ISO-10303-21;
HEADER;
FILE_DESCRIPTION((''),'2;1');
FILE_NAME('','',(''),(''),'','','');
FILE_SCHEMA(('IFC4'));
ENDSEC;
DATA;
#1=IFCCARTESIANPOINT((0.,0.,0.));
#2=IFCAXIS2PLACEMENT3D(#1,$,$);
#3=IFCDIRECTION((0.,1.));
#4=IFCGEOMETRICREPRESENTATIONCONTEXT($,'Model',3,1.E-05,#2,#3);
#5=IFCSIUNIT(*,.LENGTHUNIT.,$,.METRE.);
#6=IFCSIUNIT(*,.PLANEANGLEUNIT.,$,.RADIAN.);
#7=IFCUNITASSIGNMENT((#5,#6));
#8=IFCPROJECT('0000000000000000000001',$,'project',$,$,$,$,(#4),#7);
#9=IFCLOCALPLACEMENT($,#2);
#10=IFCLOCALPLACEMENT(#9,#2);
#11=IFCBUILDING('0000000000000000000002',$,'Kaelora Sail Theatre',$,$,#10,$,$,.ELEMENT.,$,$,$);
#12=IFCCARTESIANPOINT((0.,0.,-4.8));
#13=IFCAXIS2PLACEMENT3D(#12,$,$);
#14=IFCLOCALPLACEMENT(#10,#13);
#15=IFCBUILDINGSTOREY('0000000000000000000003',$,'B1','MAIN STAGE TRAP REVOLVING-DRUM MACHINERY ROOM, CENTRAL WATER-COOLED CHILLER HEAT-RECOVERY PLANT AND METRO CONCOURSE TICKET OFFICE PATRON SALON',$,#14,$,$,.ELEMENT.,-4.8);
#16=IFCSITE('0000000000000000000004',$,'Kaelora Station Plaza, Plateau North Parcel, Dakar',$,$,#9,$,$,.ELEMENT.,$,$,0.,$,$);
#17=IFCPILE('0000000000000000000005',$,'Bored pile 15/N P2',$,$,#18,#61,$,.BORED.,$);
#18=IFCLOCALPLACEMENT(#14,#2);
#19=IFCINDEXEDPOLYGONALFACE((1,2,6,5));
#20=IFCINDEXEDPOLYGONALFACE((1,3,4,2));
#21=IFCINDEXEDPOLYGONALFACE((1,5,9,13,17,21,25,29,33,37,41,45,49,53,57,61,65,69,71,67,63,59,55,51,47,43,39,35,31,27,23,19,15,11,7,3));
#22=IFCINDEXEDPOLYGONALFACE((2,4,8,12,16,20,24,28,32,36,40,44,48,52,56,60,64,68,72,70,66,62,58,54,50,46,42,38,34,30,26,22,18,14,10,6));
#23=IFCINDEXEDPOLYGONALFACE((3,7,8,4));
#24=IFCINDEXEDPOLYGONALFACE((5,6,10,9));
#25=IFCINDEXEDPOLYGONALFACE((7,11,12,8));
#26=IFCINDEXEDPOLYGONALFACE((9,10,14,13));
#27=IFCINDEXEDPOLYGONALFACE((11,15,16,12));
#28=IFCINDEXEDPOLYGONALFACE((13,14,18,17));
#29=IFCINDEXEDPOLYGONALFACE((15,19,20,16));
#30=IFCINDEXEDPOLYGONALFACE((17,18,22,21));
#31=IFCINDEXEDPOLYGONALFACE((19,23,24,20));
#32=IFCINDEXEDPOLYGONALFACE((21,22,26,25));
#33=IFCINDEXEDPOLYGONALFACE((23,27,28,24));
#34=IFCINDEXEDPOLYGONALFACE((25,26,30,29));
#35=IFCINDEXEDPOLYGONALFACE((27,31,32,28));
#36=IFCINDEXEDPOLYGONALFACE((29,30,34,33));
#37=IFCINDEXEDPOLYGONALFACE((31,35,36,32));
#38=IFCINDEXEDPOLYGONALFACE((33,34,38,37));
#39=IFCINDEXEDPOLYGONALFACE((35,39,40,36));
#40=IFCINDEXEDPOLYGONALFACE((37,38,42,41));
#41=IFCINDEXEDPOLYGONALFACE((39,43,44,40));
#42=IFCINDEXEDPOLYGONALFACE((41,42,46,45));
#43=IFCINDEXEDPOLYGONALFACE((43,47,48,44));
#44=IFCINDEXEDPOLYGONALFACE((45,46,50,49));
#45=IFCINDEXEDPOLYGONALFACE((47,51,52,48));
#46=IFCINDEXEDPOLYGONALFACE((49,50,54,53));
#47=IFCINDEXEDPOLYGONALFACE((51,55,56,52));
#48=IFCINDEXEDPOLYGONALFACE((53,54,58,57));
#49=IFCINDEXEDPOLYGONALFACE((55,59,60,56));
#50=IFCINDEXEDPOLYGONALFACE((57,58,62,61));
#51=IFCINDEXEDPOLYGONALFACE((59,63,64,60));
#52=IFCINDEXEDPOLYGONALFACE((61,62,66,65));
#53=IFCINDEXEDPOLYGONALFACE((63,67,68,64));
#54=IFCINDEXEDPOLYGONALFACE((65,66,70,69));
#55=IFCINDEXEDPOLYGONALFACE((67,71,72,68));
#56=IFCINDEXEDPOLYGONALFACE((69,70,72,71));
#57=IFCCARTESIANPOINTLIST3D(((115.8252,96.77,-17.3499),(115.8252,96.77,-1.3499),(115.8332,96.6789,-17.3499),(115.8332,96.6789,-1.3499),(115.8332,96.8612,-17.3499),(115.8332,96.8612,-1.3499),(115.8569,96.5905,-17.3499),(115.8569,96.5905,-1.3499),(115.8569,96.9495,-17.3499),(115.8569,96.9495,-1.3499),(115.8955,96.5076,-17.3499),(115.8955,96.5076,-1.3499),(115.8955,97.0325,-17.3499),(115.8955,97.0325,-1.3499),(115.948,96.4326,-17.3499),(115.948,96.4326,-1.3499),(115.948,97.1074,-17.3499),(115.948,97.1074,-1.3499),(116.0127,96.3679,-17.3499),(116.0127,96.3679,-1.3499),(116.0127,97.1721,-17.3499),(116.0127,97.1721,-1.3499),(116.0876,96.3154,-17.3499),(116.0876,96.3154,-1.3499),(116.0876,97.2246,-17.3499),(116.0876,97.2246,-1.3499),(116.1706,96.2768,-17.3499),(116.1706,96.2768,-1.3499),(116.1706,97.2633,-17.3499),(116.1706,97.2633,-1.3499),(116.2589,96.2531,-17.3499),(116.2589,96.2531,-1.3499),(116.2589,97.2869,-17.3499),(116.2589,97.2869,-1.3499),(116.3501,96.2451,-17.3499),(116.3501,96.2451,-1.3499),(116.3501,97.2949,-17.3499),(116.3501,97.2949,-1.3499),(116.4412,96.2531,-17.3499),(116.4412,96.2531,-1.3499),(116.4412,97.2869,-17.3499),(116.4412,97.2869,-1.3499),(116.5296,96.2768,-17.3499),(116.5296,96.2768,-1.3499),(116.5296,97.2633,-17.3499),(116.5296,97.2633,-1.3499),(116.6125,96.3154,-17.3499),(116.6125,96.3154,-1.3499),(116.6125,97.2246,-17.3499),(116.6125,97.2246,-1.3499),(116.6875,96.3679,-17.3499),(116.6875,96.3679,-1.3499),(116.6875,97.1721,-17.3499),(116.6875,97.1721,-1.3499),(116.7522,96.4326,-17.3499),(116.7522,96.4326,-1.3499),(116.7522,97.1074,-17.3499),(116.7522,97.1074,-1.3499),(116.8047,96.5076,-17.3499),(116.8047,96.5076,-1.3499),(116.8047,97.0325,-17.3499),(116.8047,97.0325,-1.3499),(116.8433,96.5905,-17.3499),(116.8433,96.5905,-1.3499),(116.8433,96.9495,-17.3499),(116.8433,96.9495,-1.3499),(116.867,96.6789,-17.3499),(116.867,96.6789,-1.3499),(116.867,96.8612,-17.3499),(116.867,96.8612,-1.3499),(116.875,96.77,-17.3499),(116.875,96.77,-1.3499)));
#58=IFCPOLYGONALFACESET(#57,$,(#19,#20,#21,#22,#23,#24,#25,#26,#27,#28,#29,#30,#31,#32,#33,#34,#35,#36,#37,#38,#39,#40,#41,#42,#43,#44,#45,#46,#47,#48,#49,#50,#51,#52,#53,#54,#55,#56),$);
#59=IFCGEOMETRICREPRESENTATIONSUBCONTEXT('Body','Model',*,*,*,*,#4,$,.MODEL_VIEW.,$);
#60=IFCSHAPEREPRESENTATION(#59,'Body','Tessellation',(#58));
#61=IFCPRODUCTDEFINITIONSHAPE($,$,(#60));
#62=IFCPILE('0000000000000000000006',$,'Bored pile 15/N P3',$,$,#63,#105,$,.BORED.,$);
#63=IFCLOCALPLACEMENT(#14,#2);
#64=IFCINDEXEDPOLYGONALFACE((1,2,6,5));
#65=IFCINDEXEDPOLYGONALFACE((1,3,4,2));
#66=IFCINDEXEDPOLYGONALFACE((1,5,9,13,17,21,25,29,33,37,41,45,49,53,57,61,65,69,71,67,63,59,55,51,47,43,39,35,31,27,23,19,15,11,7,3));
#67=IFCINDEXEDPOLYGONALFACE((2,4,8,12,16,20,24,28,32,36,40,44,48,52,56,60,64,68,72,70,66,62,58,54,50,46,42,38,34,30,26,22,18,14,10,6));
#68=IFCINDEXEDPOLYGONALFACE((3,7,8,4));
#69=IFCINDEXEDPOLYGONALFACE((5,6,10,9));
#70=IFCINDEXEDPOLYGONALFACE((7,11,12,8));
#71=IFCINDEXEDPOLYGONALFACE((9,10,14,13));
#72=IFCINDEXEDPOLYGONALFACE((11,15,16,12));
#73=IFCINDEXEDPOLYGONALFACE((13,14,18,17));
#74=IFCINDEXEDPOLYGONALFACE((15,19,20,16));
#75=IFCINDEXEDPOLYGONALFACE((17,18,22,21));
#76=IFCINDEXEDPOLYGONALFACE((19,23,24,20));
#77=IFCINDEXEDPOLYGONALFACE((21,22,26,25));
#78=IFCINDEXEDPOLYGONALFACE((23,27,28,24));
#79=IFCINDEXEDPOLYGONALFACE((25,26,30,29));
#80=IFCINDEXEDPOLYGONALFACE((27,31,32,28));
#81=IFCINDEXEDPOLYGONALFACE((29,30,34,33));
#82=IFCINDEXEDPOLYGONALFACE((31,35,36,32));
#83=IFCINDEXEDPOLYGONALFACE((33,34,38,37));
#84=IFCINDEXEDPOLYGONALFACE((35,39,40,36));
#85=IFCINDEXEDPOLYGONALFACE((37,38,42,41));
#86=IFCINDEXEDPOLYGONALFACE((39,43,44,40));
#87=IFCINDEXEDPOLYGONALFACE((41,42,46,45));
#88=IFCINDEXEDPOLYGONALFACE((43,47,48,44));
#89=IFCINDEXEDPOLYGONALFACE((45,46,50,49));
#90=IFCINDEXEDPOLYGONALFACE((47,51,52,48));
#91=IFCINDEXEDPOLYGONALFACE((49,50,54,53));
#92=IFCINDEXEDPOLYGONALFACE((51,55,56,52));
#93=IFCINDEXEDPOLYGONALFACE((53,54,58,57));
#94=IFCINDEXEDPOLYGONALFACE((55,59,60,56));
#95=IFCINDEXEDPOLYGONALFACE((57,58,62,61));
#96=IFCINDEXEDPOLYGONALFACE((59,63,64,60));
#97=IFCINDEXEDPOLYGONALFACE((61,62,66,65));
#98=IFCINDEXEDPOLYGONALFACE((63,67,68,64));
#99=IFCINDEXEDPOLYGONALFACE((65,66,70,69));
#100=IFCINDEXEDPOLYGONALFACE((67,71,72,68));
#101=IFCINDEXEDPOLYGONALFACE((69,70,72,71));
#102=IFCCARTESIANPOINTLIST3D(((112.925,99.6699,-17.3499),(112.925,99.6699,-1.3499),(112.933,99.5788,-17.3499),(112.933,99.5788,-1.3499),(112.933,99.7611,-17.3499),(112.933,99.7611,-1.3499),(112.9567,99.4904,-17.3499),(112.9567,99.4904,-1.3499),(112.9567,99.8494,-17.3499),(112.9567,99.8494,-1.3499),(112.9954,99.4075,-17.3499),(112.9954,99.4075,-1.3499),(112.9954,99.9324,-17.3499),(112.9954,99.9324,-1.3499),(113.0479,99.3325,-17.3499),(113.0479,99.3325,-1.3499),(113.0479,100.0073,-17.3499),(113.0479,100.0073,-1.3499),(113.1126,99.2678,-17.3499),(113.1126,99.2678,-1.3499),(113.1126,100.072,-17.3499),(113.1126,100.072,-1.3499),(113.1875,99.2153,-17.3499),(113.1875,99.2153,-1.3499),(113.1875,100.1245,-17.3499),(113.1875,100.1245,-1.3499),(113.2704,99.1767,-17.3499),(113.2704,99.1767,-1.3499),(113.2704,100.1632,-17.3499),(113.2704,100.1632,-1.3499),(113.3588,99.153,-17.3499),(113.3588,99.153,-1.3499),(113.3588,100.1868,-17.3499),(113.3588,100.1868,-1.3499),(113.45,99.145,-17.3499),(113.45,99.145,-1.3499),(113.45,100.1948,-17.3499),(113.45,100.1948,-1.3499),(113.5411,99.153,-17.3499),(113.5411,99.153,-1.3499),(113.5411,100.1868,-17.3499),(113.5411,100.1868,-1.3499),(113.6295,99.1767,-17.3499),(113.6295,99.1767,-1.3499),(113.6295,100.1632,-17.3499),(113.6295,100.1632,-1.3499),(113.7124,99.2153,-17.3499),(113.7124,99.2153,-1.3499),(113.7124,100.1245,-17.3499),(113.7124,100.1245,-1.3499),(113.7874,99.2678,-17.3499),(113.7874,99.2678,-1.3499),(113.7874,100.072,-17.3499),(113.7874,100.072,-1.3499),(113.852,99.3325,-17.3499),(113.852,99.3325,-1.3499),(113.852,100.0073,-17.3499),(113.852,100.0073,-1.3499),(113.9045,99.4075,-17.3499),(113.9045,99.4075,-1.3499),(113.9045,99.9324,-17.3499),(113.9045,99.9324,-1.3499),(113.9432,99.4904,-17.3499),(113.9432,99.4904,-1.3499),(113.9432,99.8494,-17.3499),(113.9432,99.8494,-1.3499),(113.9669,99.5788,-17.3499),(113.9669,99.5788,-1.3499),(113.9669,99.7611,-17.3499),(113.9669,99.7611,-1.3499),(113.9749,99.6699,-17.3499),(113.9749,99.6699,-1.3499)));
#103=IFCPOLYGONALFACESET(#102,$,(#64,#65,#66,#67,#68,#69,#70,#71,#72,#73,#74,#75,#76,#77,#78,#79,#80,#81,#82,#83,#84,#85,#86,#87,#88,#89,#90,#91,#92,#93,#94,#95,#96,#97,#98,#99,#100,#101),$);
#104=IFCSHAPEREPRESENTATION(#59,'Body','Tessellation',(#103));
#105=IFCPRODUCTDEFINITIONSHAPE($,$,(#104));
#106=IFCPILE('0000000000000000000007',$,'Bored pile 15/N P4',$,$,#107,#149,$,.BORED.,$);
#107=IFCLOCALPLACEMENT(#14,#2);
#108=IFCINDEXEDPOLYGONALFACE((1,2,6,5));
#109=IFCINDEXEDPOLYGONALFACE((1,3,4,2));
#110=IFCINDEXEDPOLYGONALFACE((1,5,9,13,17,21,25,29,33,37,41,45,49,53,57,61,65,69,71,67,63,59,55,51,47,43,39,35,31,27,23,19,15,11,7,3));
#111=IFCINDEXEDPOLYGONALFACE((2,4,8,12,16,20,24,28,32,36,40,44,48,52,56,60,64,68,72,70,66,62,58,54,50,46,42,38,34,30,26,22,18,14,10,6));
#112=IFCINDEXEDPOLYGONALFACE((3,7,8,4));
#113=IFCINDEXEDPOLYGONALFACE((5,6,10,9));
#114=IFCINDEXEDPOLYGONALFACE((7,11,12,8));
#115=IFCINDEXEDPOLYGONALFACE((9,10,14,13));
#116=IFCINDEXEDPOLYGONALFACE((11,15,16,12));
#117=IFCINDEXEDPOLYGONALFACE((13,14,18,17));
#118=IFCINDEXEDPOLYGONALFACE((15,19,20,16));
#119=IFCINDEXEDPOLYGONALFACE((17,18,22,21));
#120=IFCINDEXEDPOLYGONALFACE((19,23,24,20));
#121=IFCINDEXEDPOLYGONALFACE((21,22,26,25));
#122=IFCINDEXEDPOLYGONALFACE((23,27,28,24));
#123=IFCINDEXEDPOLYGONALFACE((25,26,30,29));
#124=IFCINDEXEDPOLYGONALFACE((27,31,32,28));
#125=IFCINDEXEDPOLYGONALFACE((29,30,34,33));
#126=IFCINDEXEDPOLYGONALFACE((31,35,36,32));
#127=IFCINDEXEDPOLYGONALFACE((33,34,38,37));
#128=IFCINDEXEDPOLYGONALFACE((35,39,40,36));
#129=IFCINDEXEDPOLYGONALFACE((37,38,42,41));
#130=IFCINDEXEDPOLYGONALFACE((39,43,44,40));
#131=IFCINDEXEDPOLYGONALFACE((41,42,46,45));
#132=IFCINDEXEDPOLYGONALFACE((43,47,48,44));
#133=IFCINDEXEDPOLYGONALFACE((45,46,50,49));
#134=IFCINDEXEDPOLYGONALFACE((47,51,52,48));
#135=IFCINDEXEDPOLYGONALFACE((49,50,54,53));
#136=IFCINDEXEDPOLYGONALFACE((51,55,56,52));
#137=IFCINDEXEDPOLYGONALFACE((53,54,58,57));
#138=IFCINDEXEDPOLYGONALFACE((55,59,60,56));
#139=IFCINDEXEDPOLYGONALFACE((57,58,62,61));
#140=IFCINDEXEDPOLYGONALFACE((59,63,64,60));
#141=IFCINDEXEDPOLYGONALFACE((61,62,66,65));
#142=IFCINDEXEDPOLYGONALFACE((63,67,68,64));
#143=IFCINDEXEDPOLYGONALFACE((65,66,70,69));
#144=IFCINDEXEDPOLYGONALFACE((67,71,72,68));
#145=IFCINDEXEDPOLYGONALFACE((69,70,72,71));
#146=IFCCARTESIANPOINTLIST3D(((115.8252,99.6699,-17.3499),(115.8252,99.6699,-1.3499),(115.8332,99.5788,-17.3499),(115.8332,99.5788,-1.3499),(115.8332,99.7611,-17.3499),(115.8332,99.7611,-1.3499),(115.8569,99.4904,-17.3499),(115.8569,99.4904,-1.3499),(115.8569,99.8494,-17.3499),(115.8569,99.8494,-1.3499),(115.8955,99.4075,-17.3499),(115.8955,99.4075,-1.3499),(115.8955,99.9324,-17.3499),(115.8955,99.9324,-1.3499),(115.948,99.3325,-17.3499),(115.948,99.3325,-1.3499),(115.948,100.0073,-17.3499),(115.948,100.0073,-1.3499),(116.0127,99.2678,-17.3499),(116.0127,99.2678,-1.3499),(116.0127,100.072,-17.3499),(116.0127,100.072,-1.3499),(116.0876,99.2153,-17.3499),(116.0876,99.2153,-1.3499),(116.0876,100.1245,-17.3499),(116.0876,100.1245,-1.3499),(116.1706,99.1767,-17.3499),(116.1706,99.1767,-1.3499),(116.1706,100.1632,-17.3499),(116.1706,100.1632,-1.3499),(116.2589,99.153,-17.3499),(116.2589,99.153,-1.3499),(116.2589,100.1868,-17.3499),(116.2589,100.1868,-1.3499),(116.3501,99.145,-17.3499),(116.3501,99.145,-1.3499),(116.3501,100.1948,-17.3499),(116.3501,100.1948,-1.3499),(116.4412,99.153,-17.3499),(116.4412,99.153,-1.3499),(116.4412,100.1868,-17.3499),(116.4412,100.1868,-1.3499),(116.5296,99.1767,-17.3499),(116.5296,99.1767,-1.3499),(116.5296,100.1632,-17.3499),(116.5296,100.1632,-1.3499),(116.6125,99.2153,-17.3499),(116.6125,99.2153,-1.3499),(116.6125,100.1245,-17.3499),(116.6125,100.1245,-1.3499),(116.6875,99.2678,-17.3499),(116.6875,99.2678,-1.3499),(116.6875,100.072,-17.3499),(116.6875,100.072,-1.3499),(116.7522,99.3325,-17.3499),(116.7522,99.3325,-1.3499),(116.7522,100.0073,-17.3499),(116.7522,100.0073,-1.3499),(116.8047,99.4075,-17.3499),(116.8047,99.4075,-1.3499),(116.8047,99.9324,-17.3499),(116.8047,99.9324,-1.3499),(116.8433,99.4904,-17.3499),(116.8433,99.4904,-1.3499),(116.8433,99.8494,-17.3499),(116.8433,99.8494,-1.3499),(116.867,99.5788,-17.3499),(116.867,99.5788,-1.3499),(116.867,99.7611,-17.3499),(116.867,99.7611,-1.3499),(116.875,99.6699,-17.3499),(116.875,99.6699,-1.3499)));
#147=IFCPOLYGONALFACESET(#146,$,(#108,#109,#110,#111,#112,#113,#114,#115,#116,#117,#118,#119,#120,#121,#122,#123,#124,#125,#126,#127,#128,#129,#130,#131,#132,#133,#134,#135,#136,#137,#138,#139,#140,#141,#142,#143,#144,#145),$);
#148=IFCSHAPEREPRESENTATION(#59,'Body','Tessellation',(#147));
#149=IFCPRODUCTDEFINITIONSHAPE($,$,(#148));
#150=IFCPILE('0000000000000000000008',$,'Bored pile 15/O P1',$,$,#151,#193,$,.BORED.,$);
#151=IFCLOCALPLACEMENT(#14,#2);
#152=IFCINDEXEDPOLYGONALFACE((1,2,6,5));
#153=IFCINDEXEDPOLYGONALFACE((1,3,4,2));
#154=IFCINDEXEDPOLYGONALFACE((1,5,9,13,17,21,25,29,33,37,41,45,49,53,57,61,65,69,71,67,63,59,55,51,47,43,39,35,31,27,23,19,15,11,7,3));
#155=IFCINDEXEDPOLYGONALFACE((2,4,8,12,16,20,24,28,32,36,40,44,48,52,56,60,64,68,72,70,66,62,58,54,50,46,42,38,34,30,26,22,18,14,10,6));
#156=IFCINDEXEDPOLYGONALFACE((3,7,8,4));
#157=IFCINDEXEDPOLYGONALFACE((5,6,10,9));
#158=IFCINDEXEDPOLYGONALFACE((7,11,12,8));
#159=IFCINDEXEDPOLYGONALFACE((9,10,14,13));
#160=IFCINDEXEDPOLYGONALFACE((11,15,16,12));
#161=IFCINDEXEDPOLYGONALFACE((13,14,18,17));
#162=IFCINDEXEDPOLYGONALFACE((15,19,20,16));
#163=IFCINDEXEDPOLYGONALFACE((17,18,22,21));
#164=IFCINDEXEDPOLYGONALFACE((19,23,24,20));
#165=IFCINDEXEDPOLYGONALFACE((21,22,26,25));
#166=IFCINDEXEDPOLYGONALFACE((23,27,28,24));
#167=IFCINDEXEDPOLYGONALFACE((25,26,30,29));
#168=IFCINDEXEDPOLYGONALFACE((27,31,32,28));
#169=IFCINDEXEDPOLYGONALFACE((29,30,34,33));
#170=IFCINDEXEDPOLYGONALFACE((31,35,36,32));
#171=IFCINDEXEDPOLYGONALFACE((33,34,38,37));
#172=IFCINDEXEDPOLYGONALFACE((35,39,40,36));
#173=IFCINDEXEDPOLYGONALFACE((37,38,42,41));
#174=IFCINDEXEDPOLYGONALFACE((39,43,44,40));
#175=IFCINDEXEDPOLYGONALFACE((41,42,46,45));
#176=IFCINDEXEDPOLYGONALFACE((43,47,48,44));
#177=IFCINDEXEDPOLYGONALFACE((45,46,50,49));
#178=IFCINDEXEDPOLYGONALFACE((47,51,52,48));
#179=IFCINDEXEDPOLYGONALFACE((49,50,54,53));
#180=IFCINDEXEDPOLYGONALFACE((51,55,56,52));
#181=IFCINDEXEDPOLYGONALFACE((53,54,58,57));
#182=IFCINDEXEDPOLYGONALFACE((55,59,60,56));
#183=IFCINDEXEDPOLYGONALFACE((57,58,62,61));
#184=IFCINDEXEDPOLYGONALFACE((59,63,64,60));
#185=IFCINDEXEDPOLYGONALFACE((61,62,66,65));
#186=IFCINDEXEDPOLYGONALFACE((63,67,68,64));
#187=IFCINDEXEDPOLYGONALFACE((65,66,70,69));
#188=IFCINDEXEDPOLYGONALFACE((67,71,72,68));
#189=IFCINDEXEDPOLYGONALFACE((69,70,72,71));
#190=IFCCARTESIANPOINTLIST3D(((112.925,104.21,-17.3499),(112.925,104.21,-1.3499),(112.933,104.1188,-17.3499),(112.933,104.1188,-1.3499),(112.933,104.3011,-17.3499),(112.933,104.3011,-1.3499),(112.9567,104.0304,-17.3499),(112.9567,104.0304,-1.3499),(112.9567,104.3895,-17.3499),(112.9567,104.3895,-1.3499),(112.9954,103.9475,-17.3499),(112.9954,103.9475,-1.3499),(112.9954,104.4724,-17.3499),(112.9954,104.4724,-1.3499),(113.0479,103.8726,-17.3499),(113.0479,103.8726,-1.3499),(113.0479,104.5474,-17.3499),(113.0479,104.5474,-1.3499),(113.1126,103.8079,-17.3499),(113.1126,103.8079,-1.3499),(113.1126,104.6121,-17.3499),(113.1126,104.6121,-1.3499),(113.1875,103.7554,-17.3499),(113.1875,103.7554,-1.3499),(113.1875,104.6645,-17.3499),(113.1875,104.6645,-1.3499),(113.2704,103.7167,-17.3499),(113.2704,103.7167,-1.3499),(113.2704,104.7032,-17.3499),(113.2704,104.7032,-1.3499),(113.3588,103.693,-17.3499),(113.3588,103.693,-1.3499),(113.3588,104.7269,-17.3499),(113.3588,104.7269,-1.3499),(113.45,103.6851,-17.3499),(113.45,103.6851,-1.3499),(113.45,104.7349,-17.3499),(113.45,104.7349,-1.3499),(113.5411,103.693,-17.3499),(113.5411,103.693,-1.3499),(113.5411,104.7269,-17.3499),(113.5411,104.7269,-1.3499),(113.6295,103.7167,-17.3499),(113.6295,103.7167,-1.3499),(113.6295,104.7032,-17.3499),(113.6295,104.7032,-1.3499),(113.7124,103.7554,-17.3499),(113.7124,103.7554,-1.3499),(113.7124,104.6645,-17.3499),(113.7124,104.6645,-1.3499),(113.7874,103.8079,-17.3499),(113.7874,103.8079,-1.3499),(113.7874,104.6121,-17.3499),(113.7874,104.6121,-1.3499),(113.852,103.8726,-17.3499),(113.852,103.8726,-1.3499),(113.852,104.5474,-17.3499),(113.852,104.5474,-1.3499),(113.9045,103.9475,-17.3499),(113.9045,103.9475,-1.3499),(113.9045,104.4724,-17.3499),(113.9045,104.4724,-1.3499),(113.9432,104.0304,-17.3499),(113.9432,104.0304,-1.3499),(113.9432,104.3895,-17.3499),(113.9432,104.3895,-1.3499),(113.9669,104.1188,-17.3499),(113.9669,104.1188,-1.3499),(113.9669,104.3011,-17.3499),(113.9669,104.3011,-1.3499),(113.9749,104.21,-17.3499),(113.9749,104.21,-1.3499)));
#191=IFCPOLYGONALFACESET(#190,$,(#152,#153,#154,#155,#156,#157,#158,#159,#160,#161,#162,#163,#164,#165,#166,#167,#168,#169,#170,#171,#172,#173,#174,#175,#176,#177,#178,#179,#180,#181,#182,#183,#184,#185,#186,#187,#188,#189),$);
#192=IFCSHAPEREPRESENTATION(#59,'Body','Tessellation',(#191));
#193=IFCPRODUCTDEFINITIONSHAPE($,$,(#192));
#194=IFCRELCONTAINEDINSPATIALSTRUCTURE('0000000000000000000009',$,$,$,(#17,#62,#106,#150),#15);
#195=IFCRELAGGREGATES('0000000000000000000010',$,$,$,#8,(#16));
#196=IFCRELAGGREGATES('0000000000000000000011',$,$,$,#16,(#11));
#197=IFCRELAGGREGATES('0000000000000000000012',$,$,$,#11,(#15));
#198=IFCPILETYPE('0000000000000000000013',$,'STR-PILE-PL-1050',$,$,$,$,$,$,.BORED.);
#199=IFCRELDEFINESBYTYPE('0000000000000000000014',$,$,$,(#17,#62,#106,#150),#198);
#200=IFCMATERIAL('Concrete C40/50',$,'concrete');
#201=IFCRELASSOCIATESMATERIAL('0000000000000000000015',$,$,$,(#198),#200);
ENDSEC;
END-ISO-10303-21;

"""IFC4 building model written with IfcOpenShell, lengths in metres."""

from ifc_helpers import new_model, si_unit, direction, frame, origin, origin_2d, place, context, subcontext, project, spatial, circle, extrude, material, material_profile, profile_set, type_object, element, save


model = new_model("IFC4")

# Units and contexts
model_context = context("Model", 3, precision=1e-05, world=origin(), true_north=direction((0.0, 1.0)))
body_context = subcontext(model_context, "Body", "Model", "MODEL_VIEW")
ifc_project = project(units=[si_unit("LENGTHUNIT", "METRE"), si_unit("PLANEANGLEUNIT", "RADIAN")], contexts=[model_context])

# Site, building, storey
site_placement = place(None, origin())
site = spatial("IfcSite", under=ifc_project, at=site_placement, Name="Kaelora Station Plaza, Plateau North Parcel, Dakar", CompositionType="ELEMENT", RefElevation=0.0)
building_placement = place(site_placement, origin())
building = spatial("IfcBuilding", under=site, at=building_placement, Name="Kaelora Sail Theatre", CompositionType="ELEMENT")
storey_placement = place(building_placement, frame((0.0, 0.0, -4.8)))
storey = spatial("IfcBuildingStorey", under=building, at=storey_placement, Name="B1", Description="MAIN STAGE TRAP REVOLVING-DRUM MACHINERY ROOM, CENTRAL WATER-COOLED CHILLER HEAT-RECOVERY PLANT AND METRO CONCOURSE TICKET OFFICE PATRON SALON", CompositionType="ELEMENT", Elevation=-4.8)

# Piles
ifc_material_1 = material(Name="Concrete C40/50", Category="concrete")
ifc_material_profile_1 = material_profile(ifc_material_1, circle(Radius=0.5249, at=origin_2d()), Name="PILE D1050")
ifc_profile_set_1 = profile_set([ifc_material_profile_1], Name="Concrete C40/50")
pile_type_1 = type_object("IfcPileType", Name="STR-PILE-PL-1050", PredefinedType="BORED", material=ifc_profile_set_1)
for number, where, z_axis, x_axis, name in (
    (1, (116.3501, 96.77, -1.3499), (0.0, 0.0, -1.0), (1.0, 0.0, 0.0), "Bored pile 15/N P2"),
    (2, (113.45, 99.6699, -1.3499), (0.0, 0.0, -1.0), (1.0, 0.0, 0.0), "Bored pile 15/N P3"),
    (3, (116.3501, 99.6699, -1.3499), (0.0, 0.0, -1.0), (1.0, 0.0, 0.0), "Bored pile 15/N P4"),
    (4, (113.45, 104.21, -1.3499), (0.0, 0.0, -1.0), (1.0, 0.0, 0.0), "Bored pile 15/O P1"),
):
    element("IfcPile", number, at=place(storey_placement, frame(where, z_axis=z_axis, x_axis=x_axis)), inside=storey, type_object=pile_type_1, Name=name, PredefinedType="BORED", context=body_context, shape_type="SweptSolid", body=[
        extrude(circle(Radius=0.5249, at=origin_2d()), origin(), (0.0, 0.0, 1.0), 16.0),
    ])

save(model, "model.ifc")
